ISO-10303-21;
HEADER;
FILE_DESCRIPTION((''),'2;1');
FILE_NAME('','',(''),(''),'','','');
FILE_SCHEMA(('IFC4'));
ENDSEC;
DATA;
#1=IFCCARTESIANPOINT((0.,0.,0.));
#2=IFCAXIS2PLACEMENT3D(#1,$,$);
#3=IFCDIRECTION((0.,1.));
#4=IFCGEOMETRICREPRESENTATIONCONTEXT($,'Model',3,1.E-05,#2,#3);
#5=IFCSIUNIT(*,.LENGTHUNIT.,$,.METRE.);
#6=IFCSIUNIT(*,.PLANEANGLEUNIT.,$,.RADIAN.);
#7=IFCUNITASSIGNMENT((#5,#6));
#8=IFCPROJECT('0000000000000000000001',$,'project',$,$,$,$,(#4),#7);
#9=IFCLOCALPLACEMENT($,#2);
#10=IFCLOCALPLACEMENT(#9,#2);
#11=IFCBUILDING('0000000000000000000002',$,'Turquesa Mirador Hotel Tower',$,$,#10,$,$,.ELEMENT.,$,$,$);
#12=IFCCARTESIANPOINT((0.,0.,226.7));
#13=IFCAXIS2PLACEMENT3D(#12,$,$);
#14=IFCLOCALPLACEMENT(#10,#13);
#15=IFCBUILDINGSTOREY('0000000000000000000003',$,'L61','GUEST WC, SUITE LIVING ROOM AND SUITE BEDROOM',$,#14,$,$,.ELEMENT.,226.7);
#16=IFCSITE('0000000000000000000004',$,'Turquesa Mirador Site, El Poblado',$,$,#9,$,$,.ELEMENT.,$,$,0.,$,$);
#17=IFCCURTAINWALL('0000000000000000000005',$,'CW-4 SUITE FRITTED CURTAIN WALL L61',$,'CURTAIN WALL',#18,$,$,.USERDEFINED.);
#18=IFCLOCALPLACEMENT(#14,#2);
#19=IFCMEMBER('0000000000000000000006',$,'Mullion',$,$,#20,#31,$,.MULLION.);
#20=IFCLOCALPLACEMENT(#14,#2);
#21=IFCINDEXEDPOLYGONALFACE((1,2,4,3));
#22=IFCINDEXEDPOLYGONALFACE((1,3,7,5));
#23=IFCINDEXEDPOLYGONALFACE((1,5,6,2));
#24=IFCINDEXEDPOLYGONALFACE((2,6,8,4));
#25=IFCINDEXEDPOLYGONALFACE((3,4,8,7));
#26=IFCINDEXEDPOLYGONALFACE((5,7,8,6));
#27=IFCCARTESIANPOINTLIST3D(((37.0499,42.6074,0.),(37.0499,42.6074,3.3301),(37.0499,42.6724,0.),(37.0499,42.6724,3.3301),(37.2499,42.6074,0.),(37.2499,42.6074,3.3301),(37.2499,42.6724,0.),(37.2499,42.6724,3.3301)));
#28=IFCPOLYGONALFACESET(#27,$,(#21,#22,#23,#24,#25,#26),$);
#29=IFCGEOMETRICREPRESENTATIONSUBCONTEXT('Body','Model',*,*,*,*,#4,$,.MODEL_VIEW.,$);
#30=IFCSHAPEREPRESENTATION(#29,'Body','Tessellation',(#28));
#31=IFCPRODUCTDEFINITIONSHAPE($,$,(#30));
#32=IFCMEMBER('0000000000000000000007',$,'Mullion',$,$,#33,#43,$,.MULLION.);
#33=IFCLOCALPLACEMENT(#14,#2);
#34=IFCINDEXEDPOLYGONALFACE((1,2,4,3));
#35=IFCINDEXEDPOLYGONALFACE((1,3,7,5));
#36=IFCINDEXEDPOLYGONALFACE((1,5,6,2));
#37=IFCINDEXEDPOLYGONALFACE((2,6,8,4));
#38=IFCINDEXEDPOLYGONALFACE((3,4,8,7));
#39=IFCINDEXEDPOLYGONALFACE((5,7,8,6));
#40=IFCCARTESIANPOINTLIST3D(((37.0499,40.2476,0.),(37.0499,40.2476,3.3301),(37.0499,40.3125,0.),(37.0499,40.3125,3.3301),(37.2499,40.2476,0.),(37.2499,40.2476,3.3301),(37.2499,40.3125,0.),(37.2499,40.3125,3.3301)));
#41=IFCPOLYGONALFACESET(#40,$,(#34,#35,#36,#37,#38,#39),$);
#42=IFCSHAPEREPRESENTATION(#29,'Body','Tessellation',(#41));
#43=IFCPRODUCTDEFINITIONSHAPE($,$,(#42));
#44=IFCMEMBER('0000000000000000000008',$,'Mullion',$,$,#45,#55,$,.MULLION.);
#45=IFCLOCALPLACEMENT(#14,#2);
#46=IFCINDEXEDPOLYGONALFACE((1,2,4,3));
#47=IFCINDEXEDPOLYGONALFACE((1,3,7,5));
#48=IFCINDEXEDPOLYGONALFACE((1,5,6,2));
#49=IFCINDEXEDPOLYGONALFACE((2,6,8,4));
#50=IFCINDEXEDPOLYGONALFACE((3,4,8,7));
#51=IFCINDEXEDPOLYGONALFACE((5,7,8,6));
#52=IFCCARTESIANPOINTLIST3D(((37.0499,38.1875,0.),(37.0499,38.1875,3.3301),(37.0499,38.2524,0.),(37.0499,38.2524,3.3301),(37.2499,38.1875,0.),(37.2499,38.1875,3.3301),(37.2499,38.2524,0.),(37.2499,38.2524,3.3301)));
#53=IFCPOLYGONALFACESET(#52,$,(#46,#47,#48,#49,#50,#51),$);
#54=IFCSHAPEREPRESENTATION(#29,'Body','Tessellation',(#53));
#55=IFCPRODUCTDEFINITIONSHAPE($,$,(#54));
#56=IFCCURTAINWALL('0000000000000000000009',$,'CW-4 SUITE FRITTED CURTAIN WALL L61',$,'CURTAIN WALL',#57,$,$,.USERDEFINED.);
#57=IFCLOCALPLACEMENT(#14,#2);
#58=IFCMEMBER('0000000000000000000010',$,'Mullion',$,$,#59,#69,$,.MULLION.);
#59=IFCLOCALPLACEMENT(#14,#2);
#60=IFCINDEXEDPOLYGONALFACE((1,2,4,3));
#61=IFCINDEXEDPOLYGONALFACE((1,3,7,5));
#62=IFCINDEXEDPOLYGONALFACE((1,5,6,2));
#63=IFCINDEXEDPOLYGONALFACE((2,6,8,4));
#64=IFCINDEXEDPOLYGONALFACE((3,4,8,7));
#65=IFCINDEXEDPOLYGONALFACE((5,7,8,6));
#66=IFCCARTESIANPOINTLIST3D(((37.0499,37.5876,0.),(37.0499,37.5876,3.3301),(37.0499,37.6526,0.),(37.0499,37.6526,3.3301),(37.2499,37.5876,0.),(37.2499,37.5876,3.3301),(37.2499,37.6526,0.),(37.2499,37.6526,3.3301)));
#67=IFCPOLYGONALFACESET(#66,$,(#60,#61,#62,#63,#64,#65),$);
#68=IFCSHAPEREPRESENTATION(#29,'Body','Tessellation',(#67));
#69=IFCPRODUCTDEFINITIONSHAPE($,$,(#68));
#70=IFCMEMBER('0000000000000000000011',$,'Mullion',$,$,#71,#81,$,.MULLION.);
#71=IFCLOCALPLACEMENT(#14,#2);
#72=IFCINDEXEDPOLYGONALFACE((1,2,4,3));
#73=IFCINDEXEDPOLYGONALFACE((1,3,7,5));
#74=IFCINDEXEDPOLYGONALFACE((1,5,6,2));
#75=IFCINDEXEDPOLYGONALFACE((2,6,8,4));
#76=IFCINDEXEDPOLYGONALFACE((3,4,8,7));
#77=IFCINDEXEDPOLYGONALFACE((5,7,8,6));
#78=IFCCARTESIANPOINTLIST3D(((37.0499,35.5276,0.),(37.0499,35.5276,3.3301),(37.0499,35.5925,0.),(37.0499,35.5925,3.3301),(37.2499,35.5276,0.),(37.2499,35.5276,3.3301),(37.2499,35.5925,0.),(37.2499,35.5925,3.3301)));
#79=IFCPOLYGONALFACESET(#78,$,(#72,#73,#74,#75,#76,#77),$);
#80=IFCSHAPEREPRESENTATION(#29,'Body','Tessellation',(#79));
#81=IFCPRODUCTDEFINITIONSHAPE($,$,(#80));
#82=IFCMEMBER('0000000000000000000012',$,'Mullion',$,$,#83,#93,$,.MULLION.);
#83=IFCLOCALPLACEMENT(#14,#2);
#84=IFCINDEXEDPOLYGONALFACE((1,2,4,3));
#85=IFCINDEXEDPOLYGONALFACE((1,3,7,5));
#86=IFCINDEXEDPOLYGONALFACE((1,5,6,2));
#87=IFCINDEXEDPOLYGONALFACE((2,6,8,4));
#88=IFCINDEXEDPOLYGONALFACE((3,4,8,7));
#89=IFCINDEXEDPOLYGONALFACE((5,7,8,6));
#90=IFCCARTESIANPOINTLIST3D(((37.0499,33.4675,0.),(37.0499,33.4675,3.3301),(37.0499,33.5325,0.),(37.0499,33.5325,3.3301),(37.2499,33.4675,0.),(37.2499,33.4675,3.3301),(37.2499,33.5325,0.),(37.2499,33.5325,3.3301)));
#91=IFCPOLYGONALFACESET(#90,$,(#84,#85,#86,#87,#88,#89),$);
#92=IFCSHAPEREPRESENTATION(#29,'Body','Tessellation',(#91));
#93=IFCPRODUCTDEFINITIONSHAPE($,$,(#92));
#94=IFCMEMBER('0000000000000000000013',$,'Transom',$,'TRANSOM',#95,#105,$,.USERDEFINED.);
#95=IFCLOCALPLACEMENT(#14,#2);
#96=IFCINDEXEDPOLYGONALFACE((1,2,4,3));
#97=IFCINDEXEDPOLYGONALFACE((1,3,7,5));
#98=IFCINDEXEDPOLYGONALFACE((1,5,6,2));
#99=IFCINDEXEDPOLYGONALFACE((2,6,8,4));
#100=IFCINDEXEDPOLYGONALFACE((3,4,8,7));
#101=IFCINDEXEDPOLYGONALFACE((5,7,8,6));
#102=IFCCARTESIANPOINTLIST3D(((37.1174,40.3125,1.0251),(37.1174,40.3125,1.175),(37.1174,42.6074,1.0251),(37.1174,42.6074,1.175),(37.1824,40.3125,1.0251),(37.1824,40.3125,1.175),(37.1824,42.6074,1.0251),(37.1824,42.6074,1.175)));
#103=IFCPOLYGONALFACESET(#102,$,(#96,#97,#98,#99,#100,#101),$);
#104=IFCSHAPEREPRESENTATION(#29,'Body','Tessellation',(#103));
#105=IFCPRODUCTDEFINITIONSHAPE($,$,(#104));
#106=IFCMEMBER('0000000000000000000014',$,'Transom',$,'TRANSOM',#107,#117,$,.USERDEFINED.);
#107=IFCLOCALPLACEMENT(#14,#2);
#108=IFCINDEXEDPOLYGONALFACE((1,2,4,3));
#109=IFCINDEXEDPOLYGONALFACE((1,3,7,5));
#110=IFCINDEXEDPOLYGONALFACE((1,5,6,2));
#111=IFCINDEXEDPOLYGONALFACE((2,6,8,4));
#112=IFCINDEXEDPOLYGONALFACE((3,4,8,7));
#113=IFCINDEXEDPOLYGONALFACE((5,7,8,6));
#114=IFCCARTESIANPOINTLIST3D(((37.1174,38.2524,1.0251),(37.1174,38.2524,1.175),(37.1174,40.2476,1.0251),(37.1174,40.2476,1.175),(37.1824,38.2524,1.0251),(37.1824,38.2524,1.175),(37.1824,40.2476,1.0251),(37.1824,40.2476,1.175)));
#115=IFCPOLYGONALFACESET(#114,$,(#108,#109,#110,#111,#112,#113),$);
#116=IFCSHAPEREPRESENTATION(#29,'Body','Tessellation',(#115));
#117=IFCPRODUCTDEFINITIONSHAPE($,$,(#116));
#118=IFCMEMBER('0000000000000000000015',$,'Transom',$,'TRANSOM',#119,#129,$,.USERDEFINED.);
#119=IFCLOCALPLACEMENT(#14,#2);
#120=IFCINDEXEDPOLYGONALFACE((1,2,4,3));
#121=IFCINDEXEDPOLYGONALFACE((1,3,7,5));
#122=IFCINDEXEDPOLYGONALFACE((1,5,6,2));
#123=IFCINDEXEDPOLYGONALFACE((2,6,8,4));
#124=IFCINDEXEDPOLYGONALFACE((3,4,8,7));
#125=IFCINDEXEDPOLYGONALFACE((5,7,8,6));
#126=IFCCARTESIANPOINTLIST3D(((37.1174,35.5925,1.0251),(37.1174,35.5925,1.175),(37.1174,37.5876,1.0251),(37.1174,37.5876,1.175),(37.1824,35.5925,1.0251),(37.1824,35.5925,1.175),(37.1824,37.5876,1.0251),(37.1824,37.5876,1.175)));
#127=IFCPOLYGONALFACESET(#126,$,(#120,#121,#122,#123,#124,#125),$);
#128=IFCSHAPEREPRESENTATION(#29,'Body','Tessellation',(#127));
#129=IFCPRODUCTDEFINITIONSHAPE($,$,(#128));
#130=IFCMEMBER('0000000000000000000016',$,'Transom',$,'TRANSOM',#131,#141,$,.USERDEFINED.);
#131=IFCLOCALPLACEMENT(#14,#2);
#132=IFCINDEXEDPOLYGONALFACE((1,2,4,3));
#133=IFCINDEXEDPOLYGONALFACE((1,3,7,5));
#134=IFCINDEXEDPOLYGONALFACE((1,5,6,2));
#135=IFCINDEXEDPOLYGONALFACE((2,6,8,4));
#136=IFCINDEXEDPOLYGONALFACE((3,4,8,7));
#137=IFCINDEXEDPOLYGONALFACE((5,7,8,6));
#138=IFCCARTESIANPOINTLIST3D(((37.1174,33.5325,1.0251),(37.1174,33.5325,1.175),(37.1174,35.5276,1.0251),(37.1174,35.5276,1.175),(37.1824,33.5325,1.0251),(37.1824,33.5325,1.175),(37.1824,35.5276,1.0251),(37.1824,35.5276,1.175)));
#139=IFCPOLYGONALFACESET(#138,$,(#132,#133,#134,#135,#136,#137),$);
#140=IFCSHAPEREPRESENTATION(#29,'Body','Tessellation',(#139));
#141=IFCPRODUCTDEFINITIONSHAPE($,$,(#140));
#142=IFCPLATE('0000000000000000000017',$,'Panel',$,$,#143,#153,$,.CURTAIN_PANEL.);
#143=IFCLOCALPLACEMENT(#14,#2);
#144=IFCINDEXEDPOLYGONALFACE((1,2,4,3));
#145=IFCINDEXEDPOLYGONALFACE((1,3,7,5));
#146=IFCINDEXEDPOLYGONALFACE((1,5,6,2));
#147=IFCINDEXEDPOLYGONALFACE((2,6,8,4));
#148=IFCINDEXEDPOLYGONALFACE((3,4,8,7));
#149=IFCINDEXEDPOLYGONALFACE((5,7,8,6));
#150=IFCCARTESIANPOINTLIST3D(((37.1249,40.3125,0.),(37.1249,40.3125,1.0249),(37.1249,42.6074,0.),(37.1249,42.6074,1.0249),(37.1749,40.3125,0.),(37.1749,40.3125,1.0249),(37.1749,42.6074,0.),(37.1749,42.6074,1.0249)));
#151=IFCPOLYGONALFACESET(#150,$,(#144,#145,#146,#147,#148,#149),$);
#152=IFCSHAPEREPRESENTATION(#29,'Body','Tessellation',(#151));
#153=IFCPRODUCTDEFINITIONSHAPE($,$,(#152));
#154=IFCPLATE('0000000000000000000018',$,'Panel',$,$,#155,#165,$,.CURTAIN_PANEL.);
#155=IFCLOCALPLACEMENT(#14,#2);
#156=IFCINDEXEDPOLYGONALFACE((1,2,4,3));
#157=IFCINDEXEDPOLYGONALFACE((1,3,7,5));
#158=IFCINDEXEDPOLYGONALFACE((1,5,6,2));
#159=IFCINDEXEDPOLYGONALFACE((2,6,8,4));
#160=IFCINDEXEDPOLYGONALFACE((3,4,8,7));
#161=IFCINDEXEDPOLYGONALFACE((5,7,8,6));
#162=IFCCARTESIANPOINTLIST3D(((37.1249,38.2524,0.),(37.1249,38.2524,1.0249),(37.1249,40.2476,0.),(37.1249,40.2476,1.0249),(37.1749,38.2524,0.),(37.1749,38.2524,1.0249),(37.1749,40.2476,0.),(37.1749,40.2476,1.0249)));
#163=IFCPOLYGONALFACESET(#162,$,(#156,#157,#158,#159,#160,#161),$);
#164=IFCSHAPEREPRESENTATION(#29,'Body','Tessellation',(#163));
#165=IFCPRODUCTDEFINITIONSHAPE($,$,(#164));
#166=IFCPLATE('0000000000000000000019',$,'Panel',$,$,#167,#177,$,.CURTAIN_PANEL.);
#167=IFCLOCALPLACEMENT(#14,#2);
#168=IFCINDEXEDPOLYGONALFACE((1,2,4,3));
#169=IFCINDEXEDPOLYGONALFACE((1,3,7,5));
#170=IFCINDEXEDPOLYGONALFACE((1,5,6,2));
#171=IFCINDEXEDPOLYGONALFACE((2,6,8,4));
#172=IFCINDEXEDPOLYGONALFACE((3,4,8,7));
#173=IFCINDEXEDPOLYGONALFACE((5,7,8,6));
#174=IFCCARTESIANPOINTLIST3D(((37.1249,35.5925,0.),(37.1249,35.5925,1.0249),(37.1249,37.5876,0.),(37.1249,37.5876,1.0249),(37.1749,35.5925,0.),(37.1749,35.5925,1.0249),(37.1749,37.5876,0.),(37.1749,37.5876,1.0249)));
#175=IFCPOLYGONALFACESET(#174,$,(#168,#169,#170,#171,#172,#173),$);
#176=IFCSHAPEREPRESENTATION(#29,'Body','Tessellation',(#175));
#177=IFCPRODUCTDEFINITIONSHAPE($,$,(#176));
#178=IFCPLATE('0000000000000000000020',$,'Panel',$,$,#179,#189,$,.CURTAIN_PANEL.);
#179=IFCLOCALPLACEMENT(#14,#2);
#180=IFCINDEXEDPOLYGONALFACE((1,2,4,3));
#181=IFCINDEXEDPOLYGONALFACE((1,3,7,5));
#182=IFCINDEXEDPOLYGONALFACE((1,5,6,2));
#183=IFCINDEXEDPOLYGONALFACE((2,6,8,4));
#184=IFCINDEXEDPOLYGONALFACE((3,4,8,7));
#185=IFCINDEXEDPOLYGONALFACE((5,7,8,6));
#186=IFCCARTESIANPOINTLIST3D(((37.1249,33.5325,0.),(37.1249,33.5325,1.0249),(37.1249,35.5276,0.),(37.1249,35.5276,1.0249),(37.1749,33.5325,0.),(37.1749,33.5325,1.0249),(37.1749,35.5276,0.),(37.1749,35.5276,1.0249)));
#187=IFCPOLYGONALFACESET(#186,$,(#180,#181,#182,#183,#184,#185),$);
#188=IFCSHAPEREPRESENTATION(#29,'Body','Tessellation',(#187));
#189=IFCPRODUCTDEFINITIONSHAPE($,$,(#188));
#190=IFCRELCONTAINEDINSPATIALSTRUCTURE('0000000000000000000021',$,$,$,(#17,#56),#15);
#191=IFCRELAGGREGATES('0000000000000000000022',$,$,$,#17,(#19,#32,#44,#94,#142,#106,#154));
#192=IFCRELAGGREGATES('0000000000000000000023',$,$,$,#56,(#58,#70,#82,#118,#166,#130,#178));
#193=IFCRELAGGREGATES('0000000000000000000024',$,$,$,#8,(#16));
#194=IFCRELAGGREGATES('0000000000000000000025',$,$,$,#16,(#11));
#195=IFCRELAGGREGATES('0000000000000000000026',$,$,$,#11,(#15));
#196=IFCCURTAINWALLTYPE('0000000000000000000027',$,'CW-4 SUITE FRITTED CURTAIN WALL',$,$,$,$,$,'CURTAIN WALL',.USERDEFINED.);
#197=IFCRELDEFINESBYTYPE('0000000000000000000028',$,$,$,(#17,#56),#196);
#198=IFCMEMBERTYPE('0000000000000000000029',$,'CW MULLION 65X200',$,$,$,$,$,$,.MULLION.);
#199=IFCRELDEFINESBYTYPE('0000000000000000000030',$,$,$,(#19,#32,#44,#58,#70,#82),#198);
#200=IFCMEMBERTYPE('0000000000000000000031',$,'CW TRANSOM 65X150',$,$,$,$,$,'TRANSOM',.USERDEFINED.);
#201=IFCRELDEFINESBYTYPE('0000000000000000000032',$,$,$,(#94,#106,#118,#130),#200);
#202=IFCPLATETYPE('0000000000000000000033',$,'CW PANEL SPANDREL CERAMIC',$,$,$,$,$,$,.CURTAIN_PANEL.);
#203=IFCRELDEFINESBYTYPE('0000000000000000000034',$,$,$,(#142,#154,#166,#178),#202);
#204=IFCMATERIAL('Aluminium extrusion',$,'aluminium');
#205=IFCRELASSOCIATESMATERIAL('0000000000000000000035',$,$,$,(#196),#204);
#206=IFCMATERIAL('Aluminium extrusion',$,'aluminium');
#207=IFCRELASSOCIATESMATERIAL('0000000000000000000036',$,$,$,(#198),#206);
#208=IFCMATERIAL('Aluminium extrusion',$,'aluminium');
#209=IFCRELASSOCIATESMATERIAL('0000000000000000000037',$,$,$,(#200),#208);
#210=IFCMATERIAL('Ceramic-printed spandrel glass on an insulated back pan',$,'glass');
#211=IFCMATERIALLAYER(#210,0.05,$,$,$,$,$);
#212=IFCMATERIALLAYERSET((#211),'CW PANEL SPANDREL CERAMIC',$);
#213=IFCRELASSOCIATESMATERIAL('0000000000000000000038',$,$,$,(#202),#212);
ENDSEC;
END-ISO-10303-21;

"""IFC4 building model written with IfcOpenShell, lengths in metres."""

from ifc_helpers import new_model, si_unit, direction, frame, origin, origin_2d, place, context, subcontext, project, spatial, rectangle, extrude, material, layer, layer_set, material_profile, profile_set, type_object, element, aggregate, save


model = new_model("IFC4")

# Units and contexts
model_context = context("Model", 3, precision=1e-05, world=origin(), true_north=direction((0.0, 1.0)))
body_context = subcontext(model_context, "Body", "Model", "MODEL_VIEW")
ifc_project = project(units=[si_unit("LENGTHUNIT", "METRE"), si_unit("PLANEANGLEUNIT", "RADIAN")], contexts=[model_context])

# Site, building, storey
site_placement = place(None, origin())
site = spatial("IfcSite", under=ifc_project, at=site_placement, Name="Turquesa Mirador Site, El Poblado", CompositionType="ELEMENT", RefElevation=0.0)
building_placement = place(site_placement, origin())
building = spatial("IfcBuilding", under=site, at=building_placement, Name="Turquesa Mirador Hotel Tower", CompositionType="ELEMENT")
storey_placement = place(building_placement, frame((0.0, 0.0, 226.7)))
storey = spatial("IfcBuildingStorey", under=building, at=storey_placement, Name="L61", Description="GUEST WC, SUITE LIVING ROOM AND SUITE BEDROOM", CompositionType="ELEMENT", Elevation=226.7)

# Curtain walls, members
ifc_material_1 = material(Name="Aluminium extrusion", Category="aluminium")
curtain_wall_type = type_object("IfcCurtainWallType", Name="CW-4 SUITE FRITTED CURTAIN WALL", ElementType="CURTAIN WALL", PredefinedType="USERDEFINED", material=ifc_material_1)
curtain_wall_1_placement = place(storey_placement, origin())
curtain_wall_1 = element("IfcCurtainWall", 1, at=curtain_wall_1_placement, inside=storey, type_object=curtain_wall_type, Name="CW-4 SUITE FRITTED CURTAIN WALL L61", ObjectType="CURTAIN WALL", PredefinedType="USERDEFINED")
ifc_material_2 = material(Name="Aluminium extrusion", Category="aluminium")
ifc_material_profile_1 = material_profile(ifc_material_2, rectangle(XDim=0.0649, YDim=0.2, at=origin_2d()), Name="MULLION 65X200")
ifc_profile_set_1 = profile_set([ifc_material_profile_1], Name="Aluminium extrusion")
member_type_1 = type_object("IfcMemberType", Name="CW MULLION 65X200", PredefinedType="MULLION", material=ifc_profile_set_1)
member_1_placement = place(storey_placement, frame((37.1499, 42.6399, 0.0), z_axis=(0.0, 0.0, 1.0), x_axis=(0.0, -1.0, 0.0)))
member_1 = element("IfcMember", 2, at=member_1_placement, type_object=member_type_1, Name="Mullion", PredefinedType="MULLION", context=body_context, shape_type="SweptSolid", body=[
    extrude(rectangle(XDim=0.0649, YDim=0.2, at=origin_2d()), origin(), (0.0, 0.0, 1.0), 3.3301),
])
member_2_placement = place(storey_placement, frame((37.1499, 40.28, 0.0), z_axis=(0.0, 0.0, 1.0), x_axis=(0.0, -1.0, 0.0)))
member_2 = element("IfcMember", 3, at=member_2_placement, type_object=member_type_1, Name="Mullion", PredefinedType="MULLION", context=body_context, shape_type="SweptSolid", body=[
    extrude(rectangle(XDim=0.0649, YDim=0.2, at=origin_2d()), origin(), (0.0, 0.0, 1.0), 3.3301),
])
member_3_placement = place(storey_placement, frame((37.1499, 38.22, 0.0), z_axis=(0.0, 0.0, 1.0), x_axis=(0.0, -1.0, 0.0)))
member_3 = element("IfcMember", 4, at=member_3_placement, type_object=member_type_1, Name="Mullion", PredefinedType="MULLION", context=body_context, shape_type="SweptSolid", body=[
    extrude(rectangle(XDim=0.0649, YDim=0.2, at=origin_2d()), origin(), (0.0, 0.0, 1.0), 3.3301),
])
curtain_wall_2_placement = place(storey_placement, origin())
curtain_wall_2 = element("IfcCurtainWall", 5, at=curtain_wall_2_placement, inside=storey, type_object=curtain_wall_type, Name="CW-4 SUITE FRITTED CURTAIN WALL L61", ObjectType="CURTAIN WALL", PredefinedType="USERDEFINED")
member_4_placement = place(storey_placement, frame((37.1499, 37.6201, 0.0), z_axis=(0.0, 0.0, 1.0), x_axis=(0.0, -1.0, 0.0)))
member_4 = element("IfcMember", 6, at=member_4_placement, type_object=member_type_1, Name="Mullion", PredefinedType="MULLION", context=body_context, shape_type="SweptSolid", body=[
    extrude(rectangle(XDim=0.0649, YDim=0.2, at=origin_2d()), origin(), (0.0, 0.0, 1.0), 3.3301),
])
member_5_placement = place(storey_placement, frame((37.1499, 35.5601, 0.0), z_axis=(0.0, 0.0, 1.0), x_axis=(0.0, -1.0, 0.0)))
member_5 = element("IfcMember", 7, at=member_5_placement, type_object=member_type_1, Name="Mullion", PredefinedType="MULLION", context=body_context, shape_type="SweptSolid", body=[
    extrude(rectangle(XDim=0.0649, YDim=0.2, at=origin_2d()), origin(), (0.0, 0.0, 1.0), 3.3301),
])
member_6_placement = place(storey_placement, frame((37.1499, 33.5, 0.0), z_axis=(0.0, 0.0, 1.0), x_axis=(0.0, -1.0, 0.0)))
member_6 = element("IfcMember", 8, at=member_6_placement, type_object=member_type_1, Name="Mullion", PredefinedType="MULLION", context=body_context, shape_type="SweptSolid", body=[
    extrude(rectangle(XDim=0.0649, YDim=0.2, at=origin_2d()), origin(), (0.0, 0.0, 1.0), 3.3301),
])

# Members
ifc_material_3 = material(Name="Aluminium extrusion", Category="aluminium")
ifc_material_profile_2 = material_profile(ifc_material_3, rectangle(XDim=0.0649, YDim=0.1499, at=origin_2d()), Name="TRANSOM 65X150")
ifc_profile_set_2 = profile_set([ifc_material_profile_2], Name="Aluminium extrusion")
member_type_2 = type_object("IfcMemberType", Name="CW TRANSOM 65X150", ElementType="TRANSOM", PredefinedType="USERDEFINED", material=ifc_profile_set_2)
member_7_placement = place(storey_placement, frame((37.1499, 42.6074, 1.1001), z_axis=(0.0, -1.0, 0.0), x_axis=(1.0, 0.0, 0.0)))
member_7 = element("IfcMember", 9, at=member_7_placement, type_object=member_type_2, Name="Transom", ObjectType="TRANSOM", PredefinedType="USERDEFINED", context=body_context, shape_type="SweptSolid", body=[
    extrude(rectangle(XDim=0.0649, YDim=0.1499, at=origin_2d()), origin(), (0.0, 0.0, 1.0), 2.2949),
])
member_8_placement = place(storey_placement, frame((37.1499, 40.2476, 1.1001), z_axis=(0.0, -1.0, 0.0), x_axis=(1.0, 0.0, 0.0)))
member_8 = element("IfcMember", 10, at=member_8_placement, type_object=member_type_2, Name="Transom", ObjectType="TRANSOM", PredefinedType="USERDEFINED", context=body_context, shape_type="SweptSolid", body=[
    extrude(rectangle(XDim=0.0649, YDim=0.1499, at=origin_2d()), origin(), (0.0, 0.0, 1.0), 1.9951),
])
member_9_placement = place(storey_placement, frame((37.1499, 37.5876, 1.1001), z_axis=(0.0, -1.0, 0.0), x_axis=(1.0, 0.0, 0.0)))
member_9 = element("IfcMember", 11, at=member_9_placement, type_object=member_type_2, Name="Transom", ObjectType="TRANSOM", PredefinedType="USERDEFINED", context=body_context, shape_type="SweptSolid", body=[
    extrude(rectangle(XDim=0.0649, YDim=0.1499, at=origin_2d()), origin(), (0.0, 0.0, 1.0), 1.9951),
])
member_10_placement = place(storey_placement, frame((37.1499, 35.5276, 1.1001), z_axis=(0.0, -1.0, 0.0), x_axis=(1.0, 0.0, 0.0)))
member_10 = element("IfcMember", 12, at=member_10_placement, type_object=member_type_2, Name="Transom", ObjectType="TRANSOM", PredefinedType="USERDEFINED", context=body_context, shape_type="SweptSolid", body=[
    extrude(rectangle(XDim=0.0649, YDim=0.1499, at=origin_2d()), origin(), (0.0, 0.0, 1.0), 1.9951),
])

# Plates
ifc_material_4 = material(Name="Ceramic-printed spandrel glass on an insulated back pan", Category="glass")
ifc_layer_1 = layer(ifc_material_4, 0.05)
ifc_layer_set_1 = layer_set([ifc_layer_1], Name="CW PANEL SPANDREL CERAMIC")
plate_type_1 = type_object("IfcPlateType", Name="CW PANEL SPANDREL CERAMIC", PredefinedType="CURTAIN_PANEL", material=ifc_layer_set_1)
plate_1_placement = place(storey_placement, frame((37.1499, 41.46, 0.0), z_axis=(0.0, 0.0, 1.0), x_axis=(0.0, -1.0, 0.0)))
plate_1 = element("IfcPlate", 13, at=plate_1_placement, type_object=plate_type_1, Name="Panel", PredefinedType="CURTAIN_PANEL", context=body_context, shape_type="SweptSolid", body=[
    extrude(rectangle(XDim=2.2949, YDim=0.05, at=origin_2d()), origin(), (0.0, 0.0, 1.0), 1.0249),
])
plate_2_placement = place(storey_placement, frame((37.1499, 39.25, 0.0), z_axis=(0.0, 0.0, 1.0), x_axis=(0.0, -1.0, 0.0)))
plate_2 = element("IfcPlate", 14, at=plate_2_placement, type_object=plate_type_1, Name="Panel", PredefinedType="CURTAIN_PANEL", context=body_context, shape_type="SweptSolid", body=[
    extrude(rectangle(XDim=1.9951, YDim=0.05, at=origin_2d()), origin(), (0.0, 0.0, 1.0), 1.0249),
])
plate_3_placement = place(storey_placement, frame((37.1499, 36.5901, 0.0), z_axis=(0.0, 0.0, 1.0), x_axis=(0.0, -1.0, 0.0)))
plate_3 = element("IfcPlate", 15, at=plate_3_placement, type_object=plate_type_1, Name="Panel", PredefinedType="CURTAIN_PANEL", context=body_context, shape_type="SweptSolid", body=[
    extrude(rectangle(XDim=1.9951, YDim=0.05, at=origin_2d()), origin(), (0.0, 0.0, 1.0), 1.0249),
])
plate_4_placement = place(storey_placement, frame((37.1499, 34.53, 0.0), z_axis=(0.0, 0.0, 1.0), x_axis=(0.0, -1.0, 0.0)))
plate_4 = element("IfcPlate", 16, at=plate_4_placement, type_object=plate_type_1, Name="Panel", PredefinedType="CURTAIN_PANEL", context=body_context, shape_type="SweptSolid", body=[
    extrude(rectangle(XDim=1.9951, YDim=0.05, at=origin_2d()), origin(), (0.0, 0.0, 1.0), 1.0249),
])
aggregate(curtain_wall_1, [member_1, member_2, member_3, member_7, plate_1, member_8, plate_2])
aggregate(curtain_wall_2, [member_4, member_5, member_6, member_9, plate_3, member_10, plate_4])

save(model, "model.ifc")
